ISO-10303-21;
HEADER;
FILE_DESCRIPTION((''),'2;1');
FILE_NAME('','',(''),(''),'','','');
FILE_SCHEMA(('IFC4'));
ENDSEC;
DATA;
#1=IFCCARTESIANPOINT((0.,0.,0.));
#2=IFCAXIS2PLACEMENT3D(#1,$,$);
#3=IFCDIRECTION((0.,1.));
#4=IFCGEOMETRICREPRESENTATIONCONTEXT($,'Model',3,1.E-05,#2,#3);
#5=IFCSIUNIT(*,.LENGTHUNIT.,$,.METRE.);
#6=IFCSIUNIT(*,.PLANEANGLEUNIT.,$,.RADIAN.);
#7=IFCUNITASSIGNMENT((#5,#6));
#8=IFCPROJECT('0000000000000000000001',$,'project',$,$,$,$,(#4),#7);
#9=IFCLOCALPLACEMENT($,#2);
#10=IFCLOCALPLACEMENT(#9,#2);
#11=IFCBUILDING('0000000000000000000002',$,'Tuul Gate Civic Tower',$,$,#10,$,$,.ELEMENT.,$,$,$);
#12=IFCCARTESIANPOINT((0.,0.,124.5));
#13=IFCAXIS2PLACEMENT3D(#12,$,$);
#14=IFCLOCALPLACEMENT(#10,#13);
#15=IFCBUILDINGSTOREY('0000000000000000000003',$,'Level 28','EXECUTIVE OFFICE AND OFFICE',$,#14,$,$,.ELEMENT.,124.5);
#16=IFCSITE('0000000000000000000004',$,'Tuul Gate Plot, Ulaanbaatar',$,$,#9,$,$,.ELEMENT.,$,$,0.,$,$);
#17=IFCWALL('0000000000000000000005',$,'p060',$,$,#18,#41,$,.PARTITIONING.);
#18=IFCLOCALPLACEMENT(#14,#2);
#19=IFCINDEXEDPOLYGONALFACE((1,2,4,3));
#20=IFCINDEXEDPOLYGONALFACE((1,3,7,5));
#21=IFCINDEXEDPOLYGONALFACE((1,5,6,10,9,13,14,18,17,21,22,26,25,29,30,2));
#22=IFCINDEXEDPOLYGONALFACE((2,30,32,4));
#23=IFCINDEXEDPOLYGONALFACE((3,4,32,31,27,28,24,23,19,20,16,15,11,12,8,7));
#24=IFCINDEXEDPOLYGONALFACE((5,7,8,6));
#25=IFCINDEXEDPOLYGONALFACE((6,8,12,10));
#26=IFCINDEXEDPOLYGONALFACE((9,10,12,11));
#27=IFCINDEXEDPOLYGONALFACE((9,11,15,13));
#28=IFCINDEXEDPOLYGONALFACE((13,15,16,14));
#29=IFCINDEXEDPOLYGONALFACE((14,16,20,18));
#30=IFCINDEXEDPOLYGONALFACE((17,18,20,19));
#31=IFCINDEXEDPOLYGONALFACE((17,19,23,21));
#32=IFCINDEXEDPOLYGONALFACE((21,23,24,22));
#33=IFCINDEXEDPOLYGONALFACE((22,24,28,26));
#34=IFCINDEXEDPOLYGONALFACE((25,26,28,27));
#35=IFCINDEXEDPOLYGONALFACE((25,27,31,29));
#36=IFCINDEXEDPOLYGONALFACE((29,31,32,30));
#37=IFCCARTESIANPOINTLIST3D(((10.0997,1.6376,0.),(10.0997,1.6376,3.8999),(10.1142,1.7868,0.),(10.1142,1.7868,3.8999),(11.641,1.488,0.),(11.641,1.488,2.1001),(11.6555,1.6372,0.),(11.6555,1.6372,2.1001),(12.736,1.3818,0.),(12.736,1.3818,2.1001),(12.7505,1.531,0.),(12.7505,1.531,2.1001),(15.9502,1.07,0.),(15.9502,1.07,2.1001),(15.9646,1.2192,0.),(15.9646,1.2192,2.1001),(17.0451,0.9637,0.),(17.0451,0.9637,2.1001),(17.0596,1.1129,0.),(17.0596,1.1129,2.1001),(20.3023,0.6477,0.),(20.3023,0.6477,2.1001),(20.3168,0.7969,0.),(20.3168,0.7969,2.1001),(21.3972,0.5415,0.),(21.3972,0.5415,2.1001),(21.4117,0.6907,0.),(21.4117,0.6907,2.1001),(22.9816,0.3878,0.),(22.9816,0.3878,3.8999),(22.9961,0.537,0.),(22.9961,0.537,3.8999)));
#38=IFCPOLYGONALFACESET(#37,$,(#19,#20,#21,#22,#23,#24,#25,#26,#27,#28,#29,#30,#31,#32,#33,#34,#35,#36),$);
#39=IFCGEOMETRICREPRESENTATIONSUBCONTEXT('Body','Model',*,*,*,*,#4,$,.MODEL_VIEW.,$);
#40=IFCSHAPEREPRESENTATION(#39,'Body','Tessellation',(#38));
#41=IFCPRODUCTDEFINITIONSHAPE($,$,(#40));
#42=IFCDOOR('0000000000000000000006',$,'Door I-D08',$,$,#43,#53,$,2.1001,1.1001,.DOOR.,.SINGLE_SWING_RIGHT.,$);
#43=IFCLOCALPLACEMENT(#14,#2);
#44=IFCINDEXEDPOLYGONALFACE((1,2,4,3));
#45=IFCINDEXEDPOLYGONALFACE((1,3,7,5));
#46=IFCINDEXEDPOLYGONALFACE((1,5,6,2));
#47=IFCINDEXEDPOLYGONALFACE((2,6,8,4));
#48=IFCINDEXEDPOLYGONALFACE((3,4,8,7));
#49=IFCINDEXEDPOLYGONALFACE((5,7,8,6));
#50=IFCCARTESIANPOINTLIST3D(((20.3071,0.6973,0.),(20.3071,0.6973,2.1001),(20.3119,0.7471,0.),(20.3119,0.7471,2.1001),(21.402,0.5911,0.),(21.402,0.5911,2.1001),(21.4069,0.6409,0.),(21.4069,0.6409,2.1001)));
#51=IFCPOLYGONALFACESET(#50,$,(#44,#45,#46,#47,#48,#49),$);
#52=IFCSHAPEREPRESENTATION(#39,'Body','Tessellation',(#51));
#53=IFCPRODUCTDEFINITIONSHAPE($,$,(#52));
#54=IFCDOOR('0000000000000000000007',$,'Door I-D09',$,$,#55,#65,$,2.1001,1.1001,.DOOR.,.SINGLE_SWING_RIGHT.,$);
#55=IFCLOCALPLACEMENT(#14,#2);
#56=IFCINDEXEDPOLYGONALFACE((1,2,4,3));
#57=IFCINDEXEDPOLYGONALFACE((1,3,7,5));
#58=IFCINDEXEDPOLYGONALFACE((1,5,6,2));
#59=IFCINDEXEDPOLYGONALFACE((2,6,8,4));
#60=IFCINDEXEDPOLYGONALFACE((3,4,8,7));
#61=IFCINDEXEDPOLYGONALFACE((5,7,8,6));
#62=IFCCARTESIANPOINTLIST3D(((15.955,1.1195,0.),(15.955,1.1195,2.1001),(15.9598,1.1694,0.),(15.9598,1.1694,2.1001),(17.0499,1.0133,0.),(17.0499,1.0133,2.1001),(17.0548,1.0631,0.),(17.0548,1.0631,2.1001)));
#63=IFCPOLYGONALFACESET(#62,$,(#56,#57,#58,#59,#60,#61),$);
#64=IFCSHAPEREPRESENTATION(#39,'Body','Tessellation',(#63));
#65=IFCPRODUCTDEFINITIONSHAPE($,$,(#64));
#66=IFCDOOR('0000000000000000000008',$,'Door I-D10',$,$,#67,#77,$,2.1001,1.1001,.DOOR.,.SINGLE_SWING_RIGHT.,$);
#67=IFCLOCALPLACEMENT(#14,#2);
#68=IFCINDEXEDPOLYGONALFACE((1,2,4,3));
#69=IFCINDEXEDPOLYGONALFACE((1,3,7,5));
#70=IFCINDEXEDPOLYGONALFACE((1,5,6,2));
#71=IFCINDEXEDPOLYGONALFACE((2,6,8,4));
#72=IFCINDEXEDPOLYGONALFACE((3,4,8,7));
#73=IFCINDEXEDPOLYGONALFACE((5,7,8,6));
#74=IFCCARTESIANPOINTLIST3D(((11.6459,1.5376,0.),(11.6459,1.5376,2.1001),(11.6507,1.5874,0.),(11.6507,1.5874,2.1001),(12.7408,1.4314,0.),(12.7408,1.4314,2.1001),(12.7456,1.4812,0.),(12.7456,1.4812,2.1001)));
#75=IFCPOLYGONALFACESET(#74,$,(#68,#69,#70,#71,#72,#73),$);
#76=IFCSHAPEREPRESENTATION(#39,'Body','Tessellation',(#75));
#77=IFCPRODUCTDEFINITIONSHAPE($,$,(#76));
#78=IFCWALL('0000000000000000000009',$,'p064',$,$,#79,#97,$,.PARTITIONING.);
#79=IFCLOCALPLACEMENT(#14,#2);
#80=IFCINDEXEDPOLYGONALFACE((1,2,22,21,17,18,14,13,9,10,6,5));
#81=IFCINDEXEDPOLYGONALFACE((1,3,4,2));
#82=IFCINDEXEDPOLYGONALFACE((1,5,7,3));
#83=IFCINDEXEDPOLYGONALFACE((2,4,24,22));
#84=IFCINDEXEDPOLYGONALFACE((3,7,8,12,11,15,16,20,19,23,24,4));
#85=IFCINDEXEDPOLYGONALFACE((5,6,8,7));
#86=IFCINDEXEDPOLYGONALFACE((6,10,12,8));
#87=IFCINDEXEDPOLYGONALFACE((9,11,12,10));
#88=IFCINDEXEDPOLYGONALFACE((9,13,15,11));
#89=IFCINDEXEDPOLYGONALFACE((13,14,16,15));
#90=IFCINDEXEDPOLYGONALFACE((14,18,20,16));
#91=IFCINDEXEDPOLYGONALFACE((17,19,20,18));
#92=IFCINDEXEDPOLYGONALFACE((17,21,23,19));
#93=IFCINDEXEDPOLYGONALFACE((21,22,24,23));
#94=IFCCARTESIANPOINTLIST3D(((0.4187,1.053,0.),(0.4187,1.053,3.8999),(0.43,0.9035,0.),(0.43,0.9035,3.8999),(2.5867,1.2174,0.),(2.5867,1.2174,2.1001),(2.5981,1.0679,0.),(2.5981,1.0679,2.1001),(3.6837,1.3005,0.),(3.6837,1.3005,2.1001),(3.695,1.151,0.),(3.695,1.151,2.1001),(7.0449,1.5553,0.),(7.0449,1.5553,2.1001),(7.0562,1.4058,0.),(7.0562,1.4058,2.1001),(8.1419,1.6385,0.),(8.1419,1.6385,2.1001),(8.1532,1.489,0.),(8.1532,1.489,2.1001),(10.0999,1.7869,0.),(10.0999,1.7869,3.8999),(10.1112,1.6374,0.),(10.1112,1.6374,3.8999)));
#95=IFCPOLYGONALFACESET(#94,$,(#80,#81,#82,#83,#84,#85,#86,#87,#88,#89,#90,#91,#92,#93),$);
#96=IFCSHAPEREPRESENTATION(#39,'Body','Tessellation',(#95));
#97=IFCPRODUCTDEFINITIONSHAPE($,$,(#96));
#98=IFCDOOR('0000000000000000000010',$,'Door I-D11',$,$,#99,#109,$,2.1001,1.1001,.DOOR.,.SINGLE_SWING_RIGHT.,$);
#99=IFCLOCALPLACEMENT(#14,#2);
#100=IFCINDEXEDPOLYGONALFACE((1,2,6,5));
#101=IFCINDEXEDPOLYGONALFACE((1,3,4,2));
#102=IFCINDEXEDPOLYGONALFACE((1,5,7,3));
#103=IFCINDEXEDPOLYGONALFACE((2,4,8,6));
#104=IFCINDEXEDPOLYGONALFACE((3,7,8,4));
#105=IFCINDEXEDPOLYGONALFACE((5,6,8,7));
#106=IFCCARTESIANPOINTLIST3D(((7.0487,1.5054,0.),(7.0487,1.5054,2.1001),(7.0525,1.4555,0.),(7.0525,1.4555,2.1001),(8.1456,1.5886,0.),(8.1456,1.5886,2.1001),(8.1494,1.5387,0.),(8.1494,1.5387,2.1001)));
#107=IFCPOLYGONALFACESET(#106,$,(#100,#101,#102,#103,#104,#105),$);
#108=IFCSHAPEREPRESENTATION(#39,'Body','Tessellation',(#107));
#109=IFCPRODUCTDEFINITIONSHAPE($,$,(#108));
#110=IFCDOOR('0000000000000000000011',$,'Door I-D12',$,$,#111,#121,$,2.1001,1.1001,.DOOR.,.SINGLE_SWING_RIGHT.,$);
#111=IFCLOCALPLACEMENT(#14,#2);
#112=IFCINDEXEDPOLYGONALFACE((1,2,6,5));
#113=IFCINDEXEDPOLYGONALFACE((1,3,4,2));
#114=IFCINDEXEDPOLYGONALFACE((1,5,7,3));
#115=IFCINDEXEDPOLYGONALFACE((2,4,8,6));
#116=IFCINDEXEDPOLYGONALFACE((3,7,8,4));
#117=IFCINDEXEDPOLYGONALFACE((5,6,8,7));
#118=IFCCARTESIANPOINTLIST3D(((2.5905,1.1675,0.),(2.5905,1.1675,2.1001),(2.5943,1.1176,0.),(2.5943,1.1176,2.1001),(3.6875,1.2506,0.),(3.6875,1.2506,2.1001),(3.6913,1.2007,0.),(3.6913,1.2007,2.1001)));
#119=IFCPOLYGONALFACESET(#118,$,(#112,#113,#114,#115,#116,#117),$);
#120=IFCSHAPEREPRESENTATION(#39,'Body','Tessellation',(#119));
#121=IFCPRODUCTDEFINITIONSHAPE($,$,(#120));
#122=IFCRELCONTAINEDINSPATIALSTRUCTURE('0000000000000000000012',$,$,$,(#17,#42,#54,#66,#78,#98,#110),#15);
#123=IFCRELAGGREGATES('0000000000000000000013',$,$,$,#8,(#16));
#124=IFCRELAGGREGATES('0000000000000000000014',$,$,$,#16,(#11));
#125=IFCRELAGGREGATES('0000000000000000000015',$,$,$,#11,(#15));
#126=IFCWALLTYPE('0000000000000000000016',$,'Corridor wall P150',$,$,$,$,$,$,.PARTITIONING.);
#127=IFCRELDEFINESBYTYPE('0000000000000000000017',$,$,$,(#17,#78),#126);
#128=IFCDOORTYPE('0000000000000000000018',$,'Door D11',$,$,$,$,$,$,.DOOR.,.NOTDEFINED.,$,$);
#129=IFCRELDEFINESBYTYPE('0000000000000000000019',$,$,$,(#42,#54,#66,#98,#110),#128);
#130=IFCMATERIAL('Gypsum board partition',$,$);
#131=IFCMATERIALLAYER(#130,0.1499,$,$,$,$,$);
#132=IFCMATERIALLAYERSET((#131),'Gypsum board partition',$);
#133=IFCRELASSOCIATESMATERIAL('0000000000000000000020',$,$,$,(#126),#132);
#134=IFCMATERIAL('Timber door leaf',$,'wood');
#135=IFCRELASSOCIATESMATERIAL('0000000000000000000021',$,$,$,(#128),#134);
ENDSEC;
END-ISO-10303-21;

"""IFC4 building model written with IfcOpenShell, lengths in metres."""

from ifc_helpers import new_model, si_unit, direction, frame, frame_2d, origin, place, context, subcontext, project, spatial, rectangle, extrude, material, layer, layer_set, type_object, element, fill, save


model = new_model("IFC4")

# Units and contexts
model_context = context("Model", 3, precision=1e-05, world=origin(), true_north=direction((0.0, 1.0)))
body_context = subcontext(model_context, "Body", "Model", "MODEL_VIEW")
ifc_project = project(units=[si_unit("LENGTHUNIT", "METRE"), si_unit("PLANEANGLEUNIT", "RADIAN")], contexts=[model_context])

# Site, building, storey
site_placement = place(None, origin())
site = spatial("IfcSite", under=ifc_project, at=site_placement, Name="Tuul Gate Plot, Ulaanbaatar", CompositionType="ELEMENT", RefElevation=0.0)
building_placement = place(site_placement, origin())
building = spatial("IfcBuilding", under=site, at=building_placement, Name="Tuul Gate Civic Tower", CompositionType="ELEMENT")
storey_placement = place(building_placement, frame((0.0, 0.0, 124.5)))
storey = spatial("IfcBuildingStorey", under=building, at=storey_placement, Name="Level 28", Description="EXECUTIVE OFFICE AND OFFICE", CompositionType="ELEMENT", Elevation=124.5)

# Walls, openings, doors
ifc_material_1 = material(Name="Gypsum board partition")
ifc_layer_1 = layer(ifc_material_1, 0.1499)
ifc_layer_set_1 = layer_set([ifc_layer_1], Name="Gypsum board partition")
wall_type_1 = type_object("IfcWallType", Name="Corridor wall P150", PredefinedType="PARTITIONING", material=ifc_layer_set_1)
wall_1_placement = place(storey_placement, frame((10.1069, 1.7122, 0.0), z_axis=(0.0, 0.0, 1.0), x_axis=(0.995327, -0.096564, 0.0)))
wall_1 = element("IfcWall", 1, at=wall_1_placement, inside=storey, type_object=wall_type_1, Name="p060", PredefinedType="PARTITIONING", context=body_context, shape_type="SweptSolid", body=[
    extrude(rectangle(XDim=12.9424, YDim=0.1499, at=frame_2d((6.4712, 0.0))), origin(), (0.0, 0.0, 1.0), 3.8999),
])
opening_1_placement = place(wall_1_placement, frame((10.2505, 0.0, 0.0)))
opening_1 = element("IfcOpeningElement", 2, at=opening_1_placement, cuts=wall_1, PredefinedType="OPENING", context=body_context, shape_type="SweptSolid", body=[
    extrude(rectangle(XDim=1.1001, YDim=2.1001, at=frame_2d((0.55, 1.05))), frame((0.0, 0.085, 0.0), z_axis=(0.0, -1.0, 0.0), x_axis=(1.0, 0.0, 0.0)), (0.0, 0.0, 1.0), 0.1699),
])
opening_2_placement = place(wall_1_placement, frame((5.8779, 0.0, 0.0)))
opening_2 = element("IfcOpeningElement", 3, at=opening_2_placement, cuts=wall_1, PredefinedType="OPENING", context=body_context, shape_type="SweptSolid", body=[
    extrude(rectangle(XDim=1.1001, YDim=2.1001, at=frame_2d((0.55, 1.05))), frame((0.0, 0.085, 0.0), z_axis=(0.0, -1.0, 0.0), x_axis=(1.0, 0.0, 0.0)), (0.0, 0.0, 1.0), 0.1699),
])
opening_3_placement = place(wall_1_placement, frame((1.5486, 0.0, 0.0)))
opening_3 = element("IfcOpeningElement", 4, at=opening_3_placement, cuts=wall_1, PredefinedType="OPENING", context=body_context, shape_type="SweptSolid", body=[
    extrude(rectangle(XDim=1.1001, YDim=2.1001, at=frame_2d((0.55, 1.05))), frame((0.0, 0.085, 0.0), z_axis=(0.0, -1.0, 0.0), x_axis=(1.0, 0.0, 0.0)), (0.0, 0.0, 1.0), 0.1699),
])
ifc_material_2 = material(Name="Timber door leaf", Category="wood")
door_type = type_object("IfcDoorType", Name="Door D11", OperationType="NOTDEFINED", PredefinedType="DOOR", material=ifc_material_2)
door_1_placement = place(opening_1_placement, origin())
door_1 = element("IfcDoor", 5, at=door_1_placement, inside=storey, type_object=door_type, Name="Door I-D08", OperationType="SINGLE_SWING_RIGHT", OverallHeight=2.1001, OverallWidth=1.1001, PredefinedType="DOOR", context=body_context, shape_type="SweptSolid", body=[
    extrude(rectangle(XDim=1.1001, YDim=2.1001, at=frame_2d((0.55, 1.05))), frame((0.0, 0.0249, 0.0), z_axis=(0.0, -1.0, 0.0), x_axis=(1.0, 0.0, 0.0)), (0.0, 0.0, 1.0), 0.05),
])
fill(opening_1, door_1)
door_2_placement = place(opening_2_placement, origin())
door_2 = element("IfcDoor", 6, at=door_2_placement, inside=storey, type_object=door_type, Name="Door I-D09", OperationType="SINGLE_SWING_RIGHT", OverallHeight=2.1001, OverallWidth=1.1001, PredefinedType="DOOR", context=body_context, shape_type="SweptSolid", body=[
    extrude(rectangle(XDim=1.1001, YDim=2.1001, at=frame_2d((0.55, 1.05))), frame((0.0, 0.0249, 0.0), z_axis=(0.0, -1.0, 0.0), x_axis=(1.0, 0.0, 0.0)), (0.0, 0.0, 1.0), 0.05),
])
fill(opening_2, door_2)
door_3_placement = place(opening_3_placement, origin())
door_3 = element("IfcDoor", 7, at=door_3_placement, inside=storey, type_object=door_type, Name="Door I-D10", OperationType="SINGLE_SWING_RIGHT", OverallHeight=2.1001, OverallWidth=1.1001, PredefinedType="DOOR", context=body_context, shape_type="SweptSolid", body=[
    extrude(rectangle(XDim=1.1001, YDim=2.1001, at=frame_2d((0.55, 1.05))), frame((0.0, 0.0249, 0.0), z_axis=(0.0, -1.0, 0.0), x_axis=(1.0, 0.0, 0.0)), (0.0, 0.0, 1.0), 0.05),
])
fill(opening_3, door_3)
wall_2_placement = place(storey_placement, frame((0.4243, 0.9783, 0.0), z_axis=(0.0, 0.0, 1.0), x_axis=(0.997139, 0.075589, 0.0)))
wall_2 = element("IfcWall", 8, at=wall_2_placement, inside=storey, type_object=wall_type_1, Name="p064", PredefinedType="PARTITIONING", context=body_context, shape_type="SweptSolid", body=[
    extrude(rectangle(XDim=9.709, YDim=0.1499, at=frame_2d((4.8545, 0.0))), origin(), (0.0, 0.0, 1.0), 3.8999),
])
opening_4_placement = place(wall_2_placement, frame((6.6453, 0.0, 0.0)))
opening_4 = element("IfcOpeningElement", 9, at=opening_4_placement, cuts=wall_2, PredefinedType="OPENING", context=body_context, shape_type="SweptSolid", body=[
    extrude(rectangle(XDim=1.1001, YDim=2.1001, at=frame_2d((0.55, 1.05))), frame((0.0, 0.085, 0.0), z_axis=(0.0, -1.0, 0.0), x_axis=(1.0, 0.0, 0.0)), (0.0, 0.0, 1.0), 0.1699),
])
opening_5_placement = place(wall_2_placement, frame((2.1743, 0.0, 0.0)))
opening_5 = element("IfcOpeningElement", 10, at=opening_5_placement, cuts=wall_2, PredefinedType="OPENING", context=body_context, shape_type="SweptSolid", body=[
    extrude(rectangle(XDim=1.1001, YDim=2.1001, at=frame_2d((0.55, 1.05))), frame((0.0, 0.085, 0.0), z_axis=(0.0, -1.0, 0.0), x_axis=(1.0, 0.0, 0.0)), (0.0, 0.0, 1.0), 0.1699),
])
door_4_placement = place(opening_4_placement, origin())
door_4 = element("IfcDoor", 11, at=door_4_placement, inside=storey, type_object=door_type, Name="Door I-D11", OperationType="SINGLE_SWING_RIGHT", OverallHeight=2.1001, OverallWidth=1.1001, PredefinedType="DOOR", context=body_context, shape_type="SweptSolid", body=[
    extrude(rectangle(XDim=1.1001, YDim=2.1001, at=frame_2d((0.55, 1.05))), frame((0.0, 0.0249, 0.0), z_axis=(0.0, -1.0, 0.0), x_axis=(1.0, 0.0, 0.0)), (0.0, 0.0, 1.0), 0.05),
])
fill(opening_4, door_4)
door_5_placement = place(opening_5_placement, origin())
door_5 = element("IfcDoor", 12, at=door_5_placement, inside=storey, type_object=door_type, Name="Door I-D12", OperationType="SINGLE_SWING_RIGHT", OverallHeight=2.1001, OverallWidth=1.1001, PredefinedType="DOOR", context=body_context, shape_type="SweptSolid", body=[
    extrude(rectangle(XDim=1.1001, YDim=2.1001, at=frame_2d((0.55, 1.05))), frame((0.0, 0.0249, 0.0), z_axis=(0.0, -1.0, 0.0), x_axis=(1.0, 0.0, 0.0)), (0.0, 0.0, 1.0), 0.05),
])
fill(opening_5, door_5)

save(model, "model.ifc")
